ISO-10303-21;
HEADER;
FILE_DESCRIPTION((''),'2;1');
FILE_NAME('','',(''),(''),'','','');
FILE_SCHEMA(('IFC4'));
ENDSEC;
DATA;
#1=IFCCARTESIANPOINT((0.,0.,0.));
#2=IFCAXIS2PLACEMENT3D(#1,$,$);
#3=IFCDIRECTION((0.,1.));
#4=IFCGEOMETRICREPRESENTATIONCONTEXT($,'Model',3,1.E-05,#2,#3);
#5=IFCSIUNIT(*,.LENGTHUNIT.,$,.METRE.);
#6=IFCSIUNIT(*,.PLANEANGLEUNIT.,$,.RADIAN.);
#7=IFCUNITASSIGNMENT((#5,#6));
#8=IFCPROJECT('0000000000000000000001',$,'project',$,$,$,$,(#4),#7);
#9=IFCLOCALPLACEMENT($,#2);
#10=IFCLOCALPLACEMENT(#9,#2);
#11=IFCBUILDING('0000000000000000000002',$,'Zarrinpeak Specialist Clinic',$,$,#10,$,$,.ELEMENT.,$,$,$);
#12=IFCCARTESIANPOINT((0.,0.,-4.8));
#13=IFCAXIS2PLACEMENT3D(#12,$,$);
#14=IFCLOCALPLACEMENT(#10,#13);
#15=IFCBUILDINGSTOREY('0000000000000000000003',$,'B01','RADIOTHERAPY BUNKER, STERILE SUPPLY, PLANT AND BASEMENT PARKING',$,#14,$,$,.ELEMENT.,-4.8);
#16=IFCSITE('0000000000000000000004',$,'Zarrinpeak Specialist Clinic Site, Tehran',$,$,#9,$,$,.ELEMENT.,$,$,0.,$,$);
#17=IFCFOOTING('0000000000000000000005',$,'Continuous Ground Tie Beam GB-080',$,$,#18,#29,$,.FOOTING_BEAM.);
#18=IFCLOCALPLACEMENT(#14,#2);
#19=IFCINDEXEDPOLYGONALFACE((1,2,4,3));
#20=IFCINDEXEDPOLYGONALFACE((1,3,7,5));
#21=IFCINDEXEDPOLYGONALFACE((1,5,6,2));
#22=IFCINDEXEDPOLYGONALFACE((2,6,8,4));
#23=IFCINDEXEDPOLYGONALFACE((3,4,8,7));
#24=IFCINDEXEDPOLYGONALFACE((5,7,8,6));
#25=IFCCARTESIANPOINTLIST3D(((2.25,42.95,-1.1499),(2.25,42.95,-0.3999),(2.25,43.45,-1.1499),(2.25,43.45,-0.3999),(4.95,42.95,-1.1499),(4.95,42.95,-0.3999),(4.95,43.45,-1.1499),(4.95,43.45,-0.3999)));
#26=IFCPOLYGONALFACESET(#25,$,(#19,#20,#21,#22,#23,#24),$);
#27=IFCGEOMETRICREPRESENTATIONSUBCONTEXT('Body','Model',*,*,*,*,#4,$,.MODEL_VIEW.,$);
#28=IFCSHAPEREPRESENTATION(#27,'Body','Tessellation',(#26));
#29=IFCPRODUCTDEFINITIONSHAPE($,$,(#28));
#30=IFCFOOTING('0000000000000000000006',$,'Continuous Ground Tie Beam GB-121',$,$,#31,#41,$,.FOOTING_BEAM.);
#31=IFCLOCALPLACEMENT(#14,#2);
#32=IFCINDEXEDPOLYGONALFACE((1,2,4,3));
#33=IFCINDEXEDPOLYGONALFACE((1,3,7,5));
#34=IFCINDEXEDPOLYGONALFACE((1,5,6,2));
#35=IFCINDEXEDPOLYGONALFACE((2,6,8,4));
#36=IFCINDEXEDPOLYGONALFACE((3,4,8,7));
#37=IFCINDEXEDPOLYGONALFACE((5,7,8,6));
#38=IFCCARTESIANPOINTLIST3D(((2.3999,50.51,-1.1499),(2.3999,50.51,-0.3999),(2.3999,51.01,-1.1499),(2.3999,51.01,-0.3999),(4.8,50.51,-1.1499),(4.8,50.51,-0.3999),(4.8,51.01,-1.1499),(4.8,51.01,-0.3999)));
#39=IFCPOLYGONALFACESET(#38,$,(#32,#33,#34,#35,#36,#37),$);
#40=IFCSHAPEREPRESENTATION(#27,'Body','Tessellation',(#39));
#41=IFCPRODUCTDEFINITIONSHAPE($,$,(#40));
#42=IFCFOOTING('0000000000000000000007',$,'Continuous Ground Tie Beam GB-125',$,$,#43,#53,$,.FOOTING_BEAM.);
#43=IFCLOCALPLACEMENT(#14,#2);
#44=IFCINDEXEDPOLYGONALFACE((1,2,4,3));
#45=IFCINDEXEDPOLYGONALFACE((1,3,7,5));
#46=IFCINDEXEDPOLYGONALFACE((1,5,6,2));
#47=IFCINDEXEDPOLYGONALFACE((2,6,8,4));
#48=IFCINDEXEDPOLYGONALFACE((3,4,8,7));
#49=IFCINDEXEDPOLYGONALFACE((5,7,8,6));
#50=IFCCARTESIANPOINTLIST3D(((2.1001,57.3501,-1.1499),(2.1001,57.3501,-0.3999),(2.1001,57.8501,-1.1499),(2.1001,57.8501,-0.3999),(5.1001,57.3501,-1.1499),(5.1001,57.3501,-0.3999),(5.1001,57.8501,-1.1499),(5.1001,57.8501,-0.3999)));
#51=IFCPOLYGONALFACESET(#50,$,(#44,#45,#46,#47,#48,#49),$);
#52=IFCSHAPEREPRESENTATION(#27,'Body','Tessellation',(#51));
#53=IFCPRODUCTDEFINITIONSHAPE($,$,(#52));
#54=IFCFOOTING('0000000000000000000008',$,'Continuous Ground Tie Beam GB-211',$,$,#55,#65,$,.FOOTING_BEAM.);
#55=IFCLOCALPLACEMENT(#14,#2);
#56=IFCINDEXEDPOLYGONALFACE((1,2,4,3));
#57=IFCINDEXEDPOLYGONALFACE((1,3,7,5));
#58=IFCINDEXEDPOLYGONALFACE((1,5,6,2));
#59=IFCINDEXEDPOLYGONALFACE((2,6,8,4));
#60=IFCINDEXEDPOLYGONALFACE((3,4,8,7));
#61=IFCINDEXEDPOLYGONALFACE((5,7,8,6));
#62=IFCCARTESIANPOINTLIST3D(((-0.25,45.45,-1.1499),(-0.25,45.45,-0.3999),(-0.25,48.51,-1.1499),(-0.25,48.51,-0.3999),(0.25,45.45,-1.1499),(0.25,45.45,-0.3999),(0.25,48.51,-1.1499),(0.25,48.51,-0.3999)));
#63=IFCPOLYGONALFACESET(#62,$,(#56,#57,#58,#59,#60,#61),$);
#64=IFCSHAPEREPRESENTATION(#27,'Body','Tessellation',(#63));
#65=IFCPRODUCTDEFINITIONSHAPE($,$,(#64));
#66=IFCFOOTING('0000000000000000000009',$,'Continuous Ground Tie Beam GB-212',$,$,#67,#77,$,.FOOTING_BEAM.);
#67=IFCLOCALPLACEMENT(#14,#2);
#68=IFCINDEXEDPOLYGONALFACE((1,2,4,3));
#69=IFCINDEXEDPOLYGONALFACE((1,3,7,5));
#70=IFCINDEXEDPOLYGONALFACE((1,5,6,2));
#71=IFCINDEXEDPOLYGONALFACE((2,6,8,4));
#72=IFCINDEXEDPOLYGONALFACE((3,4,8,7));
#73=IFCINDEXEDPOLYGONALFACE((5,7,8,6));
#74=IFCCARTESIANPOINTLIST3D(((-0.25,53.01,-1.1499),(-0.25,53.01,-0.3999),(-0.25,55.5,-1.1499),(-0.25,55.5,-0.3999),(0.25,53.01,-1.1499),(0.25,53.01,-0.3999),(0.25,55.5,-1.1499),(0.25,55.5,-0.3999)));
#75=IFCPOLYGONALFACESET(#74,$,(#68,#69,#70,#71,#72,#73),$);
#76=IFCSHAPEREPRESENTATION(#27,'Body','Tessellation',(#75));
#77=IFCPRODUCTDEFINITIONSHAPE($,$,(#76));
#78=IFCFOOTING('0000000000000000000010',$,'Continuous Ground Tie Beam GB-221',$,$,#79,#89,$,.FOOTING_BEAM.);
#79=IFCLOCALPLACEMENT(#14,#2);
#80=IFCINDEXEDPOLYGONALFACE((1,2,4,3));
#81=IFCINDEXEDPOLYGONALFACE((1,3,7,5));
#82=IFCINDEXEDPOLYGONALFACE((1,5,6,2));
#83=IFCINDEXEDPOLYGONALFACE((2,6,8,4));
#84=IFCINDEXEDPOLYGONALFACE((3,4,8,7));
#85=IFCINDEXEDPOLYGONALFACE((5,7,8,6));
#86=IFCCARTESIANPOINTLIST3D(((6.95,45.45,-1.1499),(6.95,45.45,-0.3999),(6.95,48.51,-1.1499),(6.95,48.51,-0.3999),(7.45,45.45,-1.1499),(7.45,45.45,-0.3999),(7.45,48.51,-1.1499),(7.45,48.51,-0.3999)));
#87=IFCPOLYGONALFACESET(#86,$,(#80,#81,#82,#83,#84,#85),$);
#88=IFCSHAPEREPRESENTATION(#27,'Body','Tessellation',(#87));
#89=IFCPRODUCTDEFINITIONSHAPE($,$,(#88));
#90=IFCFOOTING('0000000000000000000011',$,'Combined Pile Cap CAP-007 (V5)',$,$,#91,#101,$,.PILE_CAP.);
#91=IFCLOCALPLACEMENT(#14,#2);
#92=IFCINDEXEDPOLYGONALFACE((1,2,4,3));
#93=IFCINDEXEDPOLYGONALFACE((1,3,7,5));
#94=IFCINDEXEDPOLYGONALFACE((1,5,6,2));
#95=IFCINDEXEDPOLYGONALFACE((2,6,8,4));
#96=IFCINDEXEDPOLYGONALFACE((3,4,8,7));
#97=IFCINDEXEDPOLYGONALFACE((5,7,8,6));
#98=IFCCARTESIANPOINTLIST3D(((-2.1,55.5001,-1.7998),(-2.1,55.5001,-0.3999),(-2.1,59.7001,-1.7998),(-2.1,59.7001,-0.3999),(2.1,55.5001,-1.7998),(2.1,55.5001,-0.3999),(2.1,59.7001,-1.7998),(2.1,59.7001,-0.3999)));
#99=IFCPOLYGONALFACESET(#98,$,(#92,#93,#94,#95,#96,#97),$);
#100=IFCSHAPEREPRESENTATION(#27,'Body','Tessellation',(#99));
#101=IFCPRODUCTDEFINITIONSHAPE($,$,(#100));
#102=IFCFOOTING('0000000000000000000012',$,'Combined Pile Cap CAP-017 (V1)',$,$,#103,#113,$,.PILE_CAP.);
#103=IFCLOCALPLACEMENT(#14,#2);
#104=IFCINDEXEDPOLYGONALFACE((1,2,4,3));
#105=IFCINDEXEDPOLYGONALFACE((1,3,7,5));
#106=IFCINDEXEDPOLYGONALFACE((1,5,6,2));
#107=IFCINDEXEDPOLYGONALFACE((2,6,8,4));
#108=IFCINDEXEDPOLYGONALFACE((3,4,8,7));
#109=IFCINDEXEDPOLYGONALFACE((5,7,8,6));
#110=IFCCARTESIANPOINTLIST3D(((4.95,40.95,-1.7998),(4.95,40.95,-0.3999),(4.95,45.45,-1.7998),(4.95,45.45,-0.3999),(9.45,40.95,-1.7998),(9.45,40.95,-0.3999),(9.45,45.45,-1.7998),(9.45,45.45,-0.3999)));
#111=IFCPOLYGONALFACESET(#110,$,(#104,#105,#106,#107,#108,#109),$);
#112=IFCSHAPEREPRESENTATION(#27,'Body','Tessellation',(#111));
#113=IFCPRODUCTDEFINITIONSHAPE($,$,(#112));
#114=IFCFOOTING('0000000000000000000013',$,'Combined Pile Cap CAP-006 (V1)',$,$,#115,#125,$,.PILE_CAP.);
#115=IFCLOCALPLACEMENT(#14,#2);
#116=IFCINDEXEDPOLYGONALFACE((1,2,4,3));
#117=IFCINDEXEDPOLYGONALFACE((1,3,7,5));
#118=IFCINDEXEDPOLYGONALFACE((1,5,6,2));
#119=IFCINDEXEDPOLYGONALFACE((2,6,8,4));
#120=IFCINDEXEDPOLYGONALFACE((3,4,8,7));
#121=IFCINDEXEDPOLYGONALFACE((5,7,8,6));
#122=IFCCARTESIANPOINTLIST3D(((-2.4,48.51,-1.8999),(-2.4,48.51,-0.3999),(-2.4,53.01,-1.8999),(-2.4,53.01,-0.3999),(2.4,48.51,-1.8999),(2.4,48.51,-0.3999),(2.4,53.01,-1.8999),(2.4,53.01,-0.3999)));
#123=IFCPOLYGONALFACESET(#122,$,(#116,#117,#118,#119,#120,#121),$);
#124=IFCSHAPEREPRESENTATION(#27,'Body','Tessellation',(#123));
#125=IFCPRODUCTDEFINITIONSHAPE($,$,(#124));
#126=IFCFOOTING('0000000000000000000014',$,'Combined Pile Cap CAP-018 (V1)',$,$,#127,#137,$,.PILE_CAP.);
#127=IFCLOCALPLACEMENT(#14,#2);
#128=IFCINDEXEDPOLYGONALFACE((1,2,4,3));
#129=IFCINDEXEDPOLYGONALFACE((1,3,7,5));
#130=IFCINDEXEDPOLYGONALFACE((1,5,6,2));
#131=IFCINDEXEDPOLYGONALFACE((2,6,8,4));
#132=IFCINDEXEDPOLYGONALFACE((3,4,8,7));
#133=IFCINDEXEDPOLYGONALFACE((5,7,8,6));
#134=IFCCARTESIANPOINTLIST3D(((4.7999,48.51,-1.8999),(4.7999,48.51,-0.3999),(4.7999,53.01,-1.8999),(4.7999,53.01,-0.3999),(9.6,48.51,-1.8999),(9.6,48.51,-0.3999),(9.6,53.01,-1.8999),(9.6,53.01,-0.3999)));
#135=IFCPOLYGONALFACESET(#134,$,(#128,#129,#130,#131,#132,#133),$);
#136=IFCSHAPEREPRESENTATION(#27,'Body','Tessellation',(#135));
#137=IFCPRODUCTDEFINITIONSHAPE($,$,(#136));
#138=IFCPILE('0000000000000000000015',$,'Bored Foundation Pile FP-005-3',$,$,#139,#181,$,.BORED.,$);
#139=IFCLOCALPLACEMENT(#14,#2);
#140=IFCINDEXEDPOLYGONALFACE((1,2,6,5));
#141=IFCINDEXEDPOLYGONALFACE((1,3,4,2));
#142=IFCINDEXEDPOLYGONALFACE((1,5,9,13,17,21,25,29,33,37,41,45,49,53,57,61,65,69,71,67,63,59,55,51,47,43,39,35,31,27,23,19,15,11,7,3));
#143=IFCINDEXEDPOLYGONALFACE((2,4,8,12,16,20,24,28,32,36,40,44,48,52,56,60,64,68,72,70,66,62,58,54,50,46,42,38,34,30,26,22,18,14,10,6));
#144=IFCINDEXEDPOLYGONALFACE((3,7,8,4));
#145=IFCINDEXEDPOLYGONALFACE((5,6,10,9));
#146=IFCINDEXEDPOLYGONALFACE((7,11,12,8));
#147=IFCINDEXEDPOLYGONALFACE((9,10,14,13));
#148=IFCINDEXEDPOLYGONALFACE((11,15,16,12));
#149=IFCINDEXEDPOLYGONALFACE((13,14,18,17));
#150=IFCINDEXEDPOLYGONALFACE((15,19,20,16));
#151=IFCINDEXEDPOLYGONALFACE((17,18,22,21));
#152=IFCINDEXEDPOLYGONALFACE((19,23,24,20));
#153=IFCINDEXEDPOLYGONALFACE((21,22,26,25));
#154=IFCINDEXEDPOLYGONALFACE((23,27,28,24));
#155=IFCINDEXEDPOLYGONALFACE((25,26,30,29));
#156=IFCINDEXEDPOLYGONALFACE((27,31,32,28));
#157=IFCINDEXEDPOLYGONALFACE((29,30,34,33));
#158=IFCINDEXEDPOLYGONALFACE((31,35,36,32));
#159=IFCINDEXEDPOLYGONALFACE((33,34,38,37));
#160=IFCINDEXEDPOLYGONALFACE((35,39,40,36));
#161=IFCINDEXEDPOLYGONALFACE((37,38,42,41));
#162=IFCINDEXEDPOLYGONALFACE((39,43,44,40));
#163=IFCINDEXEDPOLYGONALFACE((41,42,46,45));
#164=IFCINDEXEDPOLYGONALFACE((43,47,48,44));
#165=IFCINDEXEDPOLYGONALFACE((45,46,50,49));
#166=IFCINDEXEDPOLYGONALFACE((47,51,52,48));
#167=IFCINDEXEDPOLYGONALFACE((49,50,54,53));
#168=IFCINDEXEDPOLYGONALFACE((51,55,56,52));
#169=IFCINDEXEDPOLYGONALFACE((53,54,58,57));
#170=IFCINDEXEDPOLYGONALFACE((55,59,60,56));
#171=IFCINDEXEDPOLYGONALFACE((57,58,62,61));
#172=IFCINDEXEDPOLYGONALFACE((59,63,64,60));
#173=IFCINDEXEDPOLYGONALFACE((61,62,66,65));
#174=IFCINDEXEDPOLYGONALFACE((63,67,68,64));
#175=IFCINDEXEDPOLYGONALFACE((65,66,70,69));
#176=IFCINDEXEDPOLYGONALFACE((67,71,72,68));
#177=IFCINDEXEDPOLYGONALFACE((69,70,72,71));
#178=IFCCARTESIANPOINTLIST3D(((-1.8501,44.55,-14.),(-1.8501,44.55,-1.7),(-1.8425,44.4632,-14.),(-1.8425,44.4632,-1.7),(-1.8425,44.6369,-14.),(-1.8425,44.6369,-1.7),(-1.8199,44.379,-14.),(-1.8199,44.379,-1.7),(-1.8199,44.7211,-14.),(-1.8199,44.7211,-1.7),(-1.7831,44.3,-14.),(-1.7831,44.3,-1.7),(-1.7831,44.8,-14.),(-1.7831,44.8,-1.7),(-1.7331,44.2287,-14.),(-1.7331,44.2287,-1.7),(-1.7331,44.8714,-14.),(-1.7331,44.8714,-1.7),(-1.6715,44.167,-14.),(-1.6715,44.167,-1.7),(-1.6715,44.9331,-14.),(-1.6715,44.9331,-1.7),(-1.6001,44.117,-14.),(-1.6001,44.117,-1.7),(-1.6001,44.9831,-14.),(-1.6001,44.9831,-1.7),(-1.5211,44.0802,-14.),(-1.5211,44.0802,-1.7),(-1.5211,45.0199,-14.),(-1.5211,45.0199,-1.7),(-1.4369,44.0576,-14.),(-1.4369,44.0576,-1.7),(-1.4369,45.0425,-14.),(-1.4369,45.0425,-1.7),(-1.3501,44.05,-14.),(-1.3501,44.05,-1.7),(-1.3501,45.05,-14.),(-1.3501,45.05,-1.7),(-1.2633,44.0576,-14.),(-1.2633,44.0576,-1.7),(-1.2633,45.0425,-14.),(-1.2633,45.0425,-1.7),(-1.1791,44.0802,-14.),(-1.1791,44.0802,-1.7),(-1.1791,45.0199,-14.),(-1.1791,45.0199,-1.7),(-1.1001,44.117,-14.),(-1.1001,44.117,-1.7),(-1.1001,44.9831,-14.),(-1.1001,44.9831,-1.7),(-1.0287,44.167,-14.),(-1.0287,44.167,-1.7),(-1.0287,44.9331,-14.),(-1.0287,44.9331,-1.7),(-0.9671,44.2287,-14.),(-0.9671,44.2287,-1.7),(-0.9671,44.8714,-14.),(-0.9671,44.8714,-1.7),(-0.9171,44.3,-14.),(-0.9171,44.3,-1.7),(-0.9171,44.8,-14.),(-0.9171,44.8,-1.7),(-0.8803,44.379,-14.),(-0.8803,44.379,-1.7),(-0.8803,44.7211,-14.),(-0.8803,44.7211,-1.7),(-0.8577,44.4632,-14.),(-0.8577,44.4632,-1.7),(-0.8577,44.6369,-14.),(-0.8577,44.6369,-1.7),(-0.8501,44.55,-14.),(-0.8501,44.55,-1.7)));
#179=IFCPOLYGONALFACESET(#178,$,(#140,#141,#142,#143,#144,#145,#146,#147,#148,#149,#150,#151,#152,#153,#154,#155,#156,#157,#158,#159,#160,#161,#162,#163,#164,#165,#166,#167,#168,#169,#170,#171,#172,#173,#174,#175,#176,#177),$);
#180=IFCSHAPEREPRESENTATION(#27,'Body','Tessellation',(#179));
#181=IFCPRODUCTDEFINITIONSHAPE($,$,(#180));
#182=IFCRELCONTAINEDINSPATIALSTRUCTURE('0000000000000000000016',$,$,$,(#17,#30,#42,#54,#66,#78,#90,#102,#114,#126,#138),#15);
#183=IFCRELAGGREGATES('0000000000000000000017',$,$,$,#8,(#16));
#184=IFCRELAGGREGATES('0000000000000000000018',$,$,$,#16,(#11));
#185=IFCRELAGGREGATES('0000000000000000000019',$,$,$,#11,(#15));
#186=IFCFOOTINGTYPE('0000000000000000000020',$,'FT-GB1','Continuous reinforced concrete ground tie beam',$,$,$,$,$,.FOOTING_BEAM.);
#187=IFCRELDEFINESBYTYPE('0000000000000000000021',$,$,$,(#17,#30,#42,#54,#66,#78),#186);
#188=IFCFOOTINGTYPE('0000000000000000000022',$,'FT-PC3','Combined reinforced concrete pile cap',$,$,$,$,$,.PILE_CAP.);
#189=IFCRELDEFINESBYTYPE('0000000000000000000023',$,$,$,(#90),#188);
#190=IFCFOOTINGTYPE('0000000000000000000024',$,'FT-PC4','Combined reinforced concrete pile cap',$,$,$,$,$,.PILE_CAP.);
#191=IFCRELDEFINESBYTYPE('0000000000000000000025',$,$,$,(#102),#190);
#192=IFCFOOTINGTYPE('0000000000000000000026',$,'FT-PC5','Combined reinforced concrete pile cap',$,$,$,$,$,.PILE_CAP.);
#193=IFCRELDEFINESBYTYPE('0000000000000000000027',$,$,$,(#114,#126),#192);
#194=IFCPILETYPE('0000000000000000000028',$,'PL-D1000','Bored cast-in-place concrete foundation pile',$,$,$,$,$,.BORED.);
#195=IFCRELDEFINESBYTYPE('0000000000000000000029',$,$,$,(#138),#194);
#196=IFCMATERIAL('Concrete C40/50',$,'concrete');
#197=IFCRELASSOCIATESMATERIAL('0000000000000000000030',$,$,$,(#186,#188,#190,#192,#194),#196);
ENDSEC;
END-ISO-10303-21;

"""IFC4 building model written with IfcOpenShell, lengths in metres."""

from ifc_helpers import new_model, si_unit, direction, frame, origin, origin_2d, place, context, subcontext, project, spatial, rectangle, circle, extrude, material, material_profile, profile_set, type_object, element, save


model = new_model("IFC4")

# Units and contexts
model_context = context("Model", 3, precision=1e-05, world=origin(), true_north=direction((0.0, 1.0)))
body_context = subcontext(model_context, "Body", "Model", "MODEL_VIEW")
ifc_project = project(units=[si_unit("LENGTHUNIT", "METRE"), si_unit("PLANEANGLEUNIT", "RADIAN")], contexts=[model_context])

# Site, building, storey
site_placement = place(None, origin())
site = spatial("IfcSite", under=ifc_project, at=site_placement, Name="Zarrinpeak Specialist Clinic Site, Tehran", CompositionType="ELEMENT", RefElevation=0.0)
building_placement = place(site_placement, origin())
building = spatial("IfcBuilding", under=site, at=building_placement, Name="Zarrinpeak Specialist Clinic", CompositionType="ELEMENT")
storey_placement = place(building_placement, frame((0.0, 0.0, -4.8)))
storey = spatial("IfcBuildingStorey", under=building, at=storey_placement, Name="B01", Description="RADIOTHERAPY BUNKER, STERILE SUPPLY, PLANT AND BASEMENT PARKING", CompositionType="ELEMENT", Elevation=-4.8)

# Footings
ifc_material_1 = material(Name="Concrete C40/50", Category="concrete")
ifc_material_profile_1 = material_profile(ifc_material_1, rectangle(XDim=0.5, YDim=0.75, at=origin_2d()), Name="RC 500x750")
ifc_profile_set_1 = profile_set([ifc_material_profile_1], Name="Concrete C40/50")
footing_type_1 = type_object("IfcFootingType", Name="FT-GB1", Description="Continuous reinforced concrete ground tie beam", PredefinedType="FOOTING_BEAM", material=ifc_profile_set_1)
footing_1_placement = place(storey_placement, frame((2.25, 43.2, -0.7749), z_axis=(1.0, 0.0, 0.0), x_axis=(0.0, 1.0, 0.0)))
element("IfcFooting", 1, at=footing_1_placement, inside=storey, type_object=footing_type_1, Name="Continuous Ground Tie Beam GB-080", PredefinedType="FOOTING_BEAM", context=body_context, shape_type="SweptSolid", body=[
    extrude(rectangle(XDim=0.5, YDim=0.75, at=origin_2d()), origin(), (0.0, 0.0, 1.0), 2.7),
])
footing_2_placement = place(storey_placement, frame((2.3999, 50.76, -0.7749), z_axis=(1.0, 0.0, 0.0), x_axis=(0.0, 1.0, 0.0)))
element("IfcFooting", 2, at=footing_2_placement, inside=storey, type_object=footing_type_1, Name="Continuous Ground Tie Beam GB-121", PredefinedType="FOOTING_BEAM", context=body_context, shape_type="SweptSolid", body=[
    extrude(rectangle(XDim=0.5, YDim=0.75, at=origin_2d()), origin(), (0.0, 0.0, 1.0), 2.4001),
])
footing_3_placement = place(storey_placement, frame((2.1001, 57.6001, -0.7749), z_axis=(1.0, 0.0, 0.0), x_axis=(0.0, 1.0, 0.0)))
element("IfcFooting", 3, at=footing_3_placement, inside=storey, type_object=footing_type_1, Name="Continuous Ground Tie Beam GB-125", PredefinedType="FOOTING_BEAM", context=body_context, shape_type="SweptSolid", body=[
    extrude(rectangle(XDim=0.5, YDim=0.75, at=origin_2d()), origin(), (0.0, 0.0, 1.0), 3.0),
])
footing_4_placement = place(storey_placement, frame((0.0, 45.45, -0.7749), z_axis=(0.0, 1.0, 0.0), x_axis=(-1.0, 0.0, 0.0)))
element("IfcFooting", 4, at=footing_4_placement, inside=storey, type_object=footing_type_1, Name="Continuous Ground Tie Beam GB-211", PredefinedType="FOOTING_BEAM", context=body_context, shape_type="SweptSolid", body=[
    extrude(rectangle(XDim=0.5, YDim=0.75, at=origin_2d()), origin(), (0.0, 0.0, 1.0), 3.0601),
])
footing_5_placement = place(storey_placement, frame((0.0, 53.01, -0.7749), z_axis=(0.0, 1.0, 0.0), x_axis=(-1.0, 0.0, 0.0)))
element("IfcFooting", 5, at=footing_5_placement, inside=storey, type_object=footing_type_1, Name="Continuous Ground Tie Beam GB-212", PredefinedType="FOOTING_BEAM", context=body_context, shape_type="SweptSolid", body=[
    extrude(rectangle(XDim=0.5, YDim=0.75, at=origin_2d()), origin(), (0.0, 0.0, 1.0), 2.49),
])
footing_6_placement = place(storey_placement, frame((7.2, 45.45, -0.7749), z_axis=(0.0, 1.0, 0.0), x_axis=(-1.0, 0.0, 0.0)))
element("IfcFooting", 6, at=footing_6_placement, inside=storey, type_object=footing_type_1, Name="Continuous Ground Tie Beam GB-221", PredefinedType="FOOTING_BEAM", context=body_context, shape_type="SweptSolid", body=[
    extrude(rectangle(XDim=0.5, YDim=0.75, at=origin_2d()), origin(), (0.0, 0.0, 1.0), 3.0601),
])
footing_type_2 = type_object("IfcFootingType", Name="FT-PC3", Description="Combined reinforced concrete pile cap", PredefinedType="PILE_CAP", material=ifc_material_1)
footing_7_placement = place(storey_placement, frame((0.0, 57.6001, -1.7998), z_axis=(0.0, 0.0, 1.0), x_axis=(1.0, 0.0, 0.0)))
element("IfcFooting", 7, at=footing_7_placement, inside=storey, type_object=footing_type_2, Name="Combined Pile Cap CAP-007 (V5)", PredefinedType="PILE_CAP", context=body_context, shape_type="SweptSolid", body=[
    extrude(rectangle(XDim=4.2, YDim=4.2, at=origin_2d()), origin(), (0.0, 0.0, 1.0), 1.3999),
])
footing_type_3 = type_object("IfcFootingType", Name="FT-PC4", Description="Combined reinforced concrete pile cap", PredefinedType="PILE_CAP", material=ifc_material_1)
footing_8_placement = place(storey_placement, frame((7.2, 43.2, -1.7998), z_axis=(0.0, 0.0, 1.0), x_axis=(1.0, 0.0, 0.0)))
element("IfcFooting", 8, at=footing_8_placement, inside=storey, type_object=footing_type_3, Name="Combined Pile Cap CAP-017 (V1)", PredefinedType="PILE_CAP", context=body_context, shape_type="SweptSolid", body=[
    extrude(rectangle(XDim=4.5, YDim=4.5, at=origin_2d()), origin(), (0.0, 0.0, 1.0), 1.3999),
])
footing_type_4 = type_object("IfcFootingType", Name="FT-PC5", Description="Combined reinforced concrete pile cap", PredefinedType="PILE_CAP", material=ifc_material_1)
for number, where, z_axis, x_axis, name in (
    (9, (0.0, 50.76, -1.8999), (0.0, 0.0, 1.0), (1.0, 0.0, 0.0), "Combined Pile Cap CAP-006 (V1)"),
    (10, (7.2, 50.76, -1.8999), (0.0, 0.0, 1.0), (1.0, 0.0, 0.0), "Combined Pile Cap CAP-018 (V1)"),
):
    element("IfcFooting", number, at=place(storey_placement, frame(where, z_axis=z_axis, x_axis=x_axis)), inside=storey, type_object=footing_type_4, Name=name, PredefinedType="PILE_CAP", context=body_context, shape_type="SweptSolid", body=[
        extrude(rectangle(XDim=4.8, YDim=4.5, at=origin_2d()), origin(), (0.0, 0.0, 1.0), 1.5),
    ])

# Pile
ifc_material_profile_2 = material_profile(ifc_material_1, circle(Radius=0.5, at=origin_2d()), Name="BORED PILE D1000")
ifc_profile_set_2 = profile_set([ifc_material_profile_2], Name="Concrete C40/50")
pile_type_1 = type_object("IfcPileType", Name="PL-D1000", Description="Bored cast-in-place concrete foundation pile", PredefinedType="BORED", material=ifc_profile_set_2)
for number, where, z_axis, x_axis, name in (
    (11, (-1.3501, 44.55, -1.7), (0.0, 0.0, -1.0), (1.0, 0.0, 0.0), "Bored Foundation Pile FP-005-3"),
):
    element("IfcPile", number, at=place(storey_placement, frame(where, z_axis=z_axis, x_axis=x_axis)), inside=storey, type_object=pile_type_1, Name=name, PredefinedType="BORED", context=body_context, shape_type="SweptSolid", body=[
        extrude(circle(Radius=0.5, at=origin_2d()), origin(), (0.0, 0.0, 1.0), 12.3),
    ])

save(model, "model.ifc")
